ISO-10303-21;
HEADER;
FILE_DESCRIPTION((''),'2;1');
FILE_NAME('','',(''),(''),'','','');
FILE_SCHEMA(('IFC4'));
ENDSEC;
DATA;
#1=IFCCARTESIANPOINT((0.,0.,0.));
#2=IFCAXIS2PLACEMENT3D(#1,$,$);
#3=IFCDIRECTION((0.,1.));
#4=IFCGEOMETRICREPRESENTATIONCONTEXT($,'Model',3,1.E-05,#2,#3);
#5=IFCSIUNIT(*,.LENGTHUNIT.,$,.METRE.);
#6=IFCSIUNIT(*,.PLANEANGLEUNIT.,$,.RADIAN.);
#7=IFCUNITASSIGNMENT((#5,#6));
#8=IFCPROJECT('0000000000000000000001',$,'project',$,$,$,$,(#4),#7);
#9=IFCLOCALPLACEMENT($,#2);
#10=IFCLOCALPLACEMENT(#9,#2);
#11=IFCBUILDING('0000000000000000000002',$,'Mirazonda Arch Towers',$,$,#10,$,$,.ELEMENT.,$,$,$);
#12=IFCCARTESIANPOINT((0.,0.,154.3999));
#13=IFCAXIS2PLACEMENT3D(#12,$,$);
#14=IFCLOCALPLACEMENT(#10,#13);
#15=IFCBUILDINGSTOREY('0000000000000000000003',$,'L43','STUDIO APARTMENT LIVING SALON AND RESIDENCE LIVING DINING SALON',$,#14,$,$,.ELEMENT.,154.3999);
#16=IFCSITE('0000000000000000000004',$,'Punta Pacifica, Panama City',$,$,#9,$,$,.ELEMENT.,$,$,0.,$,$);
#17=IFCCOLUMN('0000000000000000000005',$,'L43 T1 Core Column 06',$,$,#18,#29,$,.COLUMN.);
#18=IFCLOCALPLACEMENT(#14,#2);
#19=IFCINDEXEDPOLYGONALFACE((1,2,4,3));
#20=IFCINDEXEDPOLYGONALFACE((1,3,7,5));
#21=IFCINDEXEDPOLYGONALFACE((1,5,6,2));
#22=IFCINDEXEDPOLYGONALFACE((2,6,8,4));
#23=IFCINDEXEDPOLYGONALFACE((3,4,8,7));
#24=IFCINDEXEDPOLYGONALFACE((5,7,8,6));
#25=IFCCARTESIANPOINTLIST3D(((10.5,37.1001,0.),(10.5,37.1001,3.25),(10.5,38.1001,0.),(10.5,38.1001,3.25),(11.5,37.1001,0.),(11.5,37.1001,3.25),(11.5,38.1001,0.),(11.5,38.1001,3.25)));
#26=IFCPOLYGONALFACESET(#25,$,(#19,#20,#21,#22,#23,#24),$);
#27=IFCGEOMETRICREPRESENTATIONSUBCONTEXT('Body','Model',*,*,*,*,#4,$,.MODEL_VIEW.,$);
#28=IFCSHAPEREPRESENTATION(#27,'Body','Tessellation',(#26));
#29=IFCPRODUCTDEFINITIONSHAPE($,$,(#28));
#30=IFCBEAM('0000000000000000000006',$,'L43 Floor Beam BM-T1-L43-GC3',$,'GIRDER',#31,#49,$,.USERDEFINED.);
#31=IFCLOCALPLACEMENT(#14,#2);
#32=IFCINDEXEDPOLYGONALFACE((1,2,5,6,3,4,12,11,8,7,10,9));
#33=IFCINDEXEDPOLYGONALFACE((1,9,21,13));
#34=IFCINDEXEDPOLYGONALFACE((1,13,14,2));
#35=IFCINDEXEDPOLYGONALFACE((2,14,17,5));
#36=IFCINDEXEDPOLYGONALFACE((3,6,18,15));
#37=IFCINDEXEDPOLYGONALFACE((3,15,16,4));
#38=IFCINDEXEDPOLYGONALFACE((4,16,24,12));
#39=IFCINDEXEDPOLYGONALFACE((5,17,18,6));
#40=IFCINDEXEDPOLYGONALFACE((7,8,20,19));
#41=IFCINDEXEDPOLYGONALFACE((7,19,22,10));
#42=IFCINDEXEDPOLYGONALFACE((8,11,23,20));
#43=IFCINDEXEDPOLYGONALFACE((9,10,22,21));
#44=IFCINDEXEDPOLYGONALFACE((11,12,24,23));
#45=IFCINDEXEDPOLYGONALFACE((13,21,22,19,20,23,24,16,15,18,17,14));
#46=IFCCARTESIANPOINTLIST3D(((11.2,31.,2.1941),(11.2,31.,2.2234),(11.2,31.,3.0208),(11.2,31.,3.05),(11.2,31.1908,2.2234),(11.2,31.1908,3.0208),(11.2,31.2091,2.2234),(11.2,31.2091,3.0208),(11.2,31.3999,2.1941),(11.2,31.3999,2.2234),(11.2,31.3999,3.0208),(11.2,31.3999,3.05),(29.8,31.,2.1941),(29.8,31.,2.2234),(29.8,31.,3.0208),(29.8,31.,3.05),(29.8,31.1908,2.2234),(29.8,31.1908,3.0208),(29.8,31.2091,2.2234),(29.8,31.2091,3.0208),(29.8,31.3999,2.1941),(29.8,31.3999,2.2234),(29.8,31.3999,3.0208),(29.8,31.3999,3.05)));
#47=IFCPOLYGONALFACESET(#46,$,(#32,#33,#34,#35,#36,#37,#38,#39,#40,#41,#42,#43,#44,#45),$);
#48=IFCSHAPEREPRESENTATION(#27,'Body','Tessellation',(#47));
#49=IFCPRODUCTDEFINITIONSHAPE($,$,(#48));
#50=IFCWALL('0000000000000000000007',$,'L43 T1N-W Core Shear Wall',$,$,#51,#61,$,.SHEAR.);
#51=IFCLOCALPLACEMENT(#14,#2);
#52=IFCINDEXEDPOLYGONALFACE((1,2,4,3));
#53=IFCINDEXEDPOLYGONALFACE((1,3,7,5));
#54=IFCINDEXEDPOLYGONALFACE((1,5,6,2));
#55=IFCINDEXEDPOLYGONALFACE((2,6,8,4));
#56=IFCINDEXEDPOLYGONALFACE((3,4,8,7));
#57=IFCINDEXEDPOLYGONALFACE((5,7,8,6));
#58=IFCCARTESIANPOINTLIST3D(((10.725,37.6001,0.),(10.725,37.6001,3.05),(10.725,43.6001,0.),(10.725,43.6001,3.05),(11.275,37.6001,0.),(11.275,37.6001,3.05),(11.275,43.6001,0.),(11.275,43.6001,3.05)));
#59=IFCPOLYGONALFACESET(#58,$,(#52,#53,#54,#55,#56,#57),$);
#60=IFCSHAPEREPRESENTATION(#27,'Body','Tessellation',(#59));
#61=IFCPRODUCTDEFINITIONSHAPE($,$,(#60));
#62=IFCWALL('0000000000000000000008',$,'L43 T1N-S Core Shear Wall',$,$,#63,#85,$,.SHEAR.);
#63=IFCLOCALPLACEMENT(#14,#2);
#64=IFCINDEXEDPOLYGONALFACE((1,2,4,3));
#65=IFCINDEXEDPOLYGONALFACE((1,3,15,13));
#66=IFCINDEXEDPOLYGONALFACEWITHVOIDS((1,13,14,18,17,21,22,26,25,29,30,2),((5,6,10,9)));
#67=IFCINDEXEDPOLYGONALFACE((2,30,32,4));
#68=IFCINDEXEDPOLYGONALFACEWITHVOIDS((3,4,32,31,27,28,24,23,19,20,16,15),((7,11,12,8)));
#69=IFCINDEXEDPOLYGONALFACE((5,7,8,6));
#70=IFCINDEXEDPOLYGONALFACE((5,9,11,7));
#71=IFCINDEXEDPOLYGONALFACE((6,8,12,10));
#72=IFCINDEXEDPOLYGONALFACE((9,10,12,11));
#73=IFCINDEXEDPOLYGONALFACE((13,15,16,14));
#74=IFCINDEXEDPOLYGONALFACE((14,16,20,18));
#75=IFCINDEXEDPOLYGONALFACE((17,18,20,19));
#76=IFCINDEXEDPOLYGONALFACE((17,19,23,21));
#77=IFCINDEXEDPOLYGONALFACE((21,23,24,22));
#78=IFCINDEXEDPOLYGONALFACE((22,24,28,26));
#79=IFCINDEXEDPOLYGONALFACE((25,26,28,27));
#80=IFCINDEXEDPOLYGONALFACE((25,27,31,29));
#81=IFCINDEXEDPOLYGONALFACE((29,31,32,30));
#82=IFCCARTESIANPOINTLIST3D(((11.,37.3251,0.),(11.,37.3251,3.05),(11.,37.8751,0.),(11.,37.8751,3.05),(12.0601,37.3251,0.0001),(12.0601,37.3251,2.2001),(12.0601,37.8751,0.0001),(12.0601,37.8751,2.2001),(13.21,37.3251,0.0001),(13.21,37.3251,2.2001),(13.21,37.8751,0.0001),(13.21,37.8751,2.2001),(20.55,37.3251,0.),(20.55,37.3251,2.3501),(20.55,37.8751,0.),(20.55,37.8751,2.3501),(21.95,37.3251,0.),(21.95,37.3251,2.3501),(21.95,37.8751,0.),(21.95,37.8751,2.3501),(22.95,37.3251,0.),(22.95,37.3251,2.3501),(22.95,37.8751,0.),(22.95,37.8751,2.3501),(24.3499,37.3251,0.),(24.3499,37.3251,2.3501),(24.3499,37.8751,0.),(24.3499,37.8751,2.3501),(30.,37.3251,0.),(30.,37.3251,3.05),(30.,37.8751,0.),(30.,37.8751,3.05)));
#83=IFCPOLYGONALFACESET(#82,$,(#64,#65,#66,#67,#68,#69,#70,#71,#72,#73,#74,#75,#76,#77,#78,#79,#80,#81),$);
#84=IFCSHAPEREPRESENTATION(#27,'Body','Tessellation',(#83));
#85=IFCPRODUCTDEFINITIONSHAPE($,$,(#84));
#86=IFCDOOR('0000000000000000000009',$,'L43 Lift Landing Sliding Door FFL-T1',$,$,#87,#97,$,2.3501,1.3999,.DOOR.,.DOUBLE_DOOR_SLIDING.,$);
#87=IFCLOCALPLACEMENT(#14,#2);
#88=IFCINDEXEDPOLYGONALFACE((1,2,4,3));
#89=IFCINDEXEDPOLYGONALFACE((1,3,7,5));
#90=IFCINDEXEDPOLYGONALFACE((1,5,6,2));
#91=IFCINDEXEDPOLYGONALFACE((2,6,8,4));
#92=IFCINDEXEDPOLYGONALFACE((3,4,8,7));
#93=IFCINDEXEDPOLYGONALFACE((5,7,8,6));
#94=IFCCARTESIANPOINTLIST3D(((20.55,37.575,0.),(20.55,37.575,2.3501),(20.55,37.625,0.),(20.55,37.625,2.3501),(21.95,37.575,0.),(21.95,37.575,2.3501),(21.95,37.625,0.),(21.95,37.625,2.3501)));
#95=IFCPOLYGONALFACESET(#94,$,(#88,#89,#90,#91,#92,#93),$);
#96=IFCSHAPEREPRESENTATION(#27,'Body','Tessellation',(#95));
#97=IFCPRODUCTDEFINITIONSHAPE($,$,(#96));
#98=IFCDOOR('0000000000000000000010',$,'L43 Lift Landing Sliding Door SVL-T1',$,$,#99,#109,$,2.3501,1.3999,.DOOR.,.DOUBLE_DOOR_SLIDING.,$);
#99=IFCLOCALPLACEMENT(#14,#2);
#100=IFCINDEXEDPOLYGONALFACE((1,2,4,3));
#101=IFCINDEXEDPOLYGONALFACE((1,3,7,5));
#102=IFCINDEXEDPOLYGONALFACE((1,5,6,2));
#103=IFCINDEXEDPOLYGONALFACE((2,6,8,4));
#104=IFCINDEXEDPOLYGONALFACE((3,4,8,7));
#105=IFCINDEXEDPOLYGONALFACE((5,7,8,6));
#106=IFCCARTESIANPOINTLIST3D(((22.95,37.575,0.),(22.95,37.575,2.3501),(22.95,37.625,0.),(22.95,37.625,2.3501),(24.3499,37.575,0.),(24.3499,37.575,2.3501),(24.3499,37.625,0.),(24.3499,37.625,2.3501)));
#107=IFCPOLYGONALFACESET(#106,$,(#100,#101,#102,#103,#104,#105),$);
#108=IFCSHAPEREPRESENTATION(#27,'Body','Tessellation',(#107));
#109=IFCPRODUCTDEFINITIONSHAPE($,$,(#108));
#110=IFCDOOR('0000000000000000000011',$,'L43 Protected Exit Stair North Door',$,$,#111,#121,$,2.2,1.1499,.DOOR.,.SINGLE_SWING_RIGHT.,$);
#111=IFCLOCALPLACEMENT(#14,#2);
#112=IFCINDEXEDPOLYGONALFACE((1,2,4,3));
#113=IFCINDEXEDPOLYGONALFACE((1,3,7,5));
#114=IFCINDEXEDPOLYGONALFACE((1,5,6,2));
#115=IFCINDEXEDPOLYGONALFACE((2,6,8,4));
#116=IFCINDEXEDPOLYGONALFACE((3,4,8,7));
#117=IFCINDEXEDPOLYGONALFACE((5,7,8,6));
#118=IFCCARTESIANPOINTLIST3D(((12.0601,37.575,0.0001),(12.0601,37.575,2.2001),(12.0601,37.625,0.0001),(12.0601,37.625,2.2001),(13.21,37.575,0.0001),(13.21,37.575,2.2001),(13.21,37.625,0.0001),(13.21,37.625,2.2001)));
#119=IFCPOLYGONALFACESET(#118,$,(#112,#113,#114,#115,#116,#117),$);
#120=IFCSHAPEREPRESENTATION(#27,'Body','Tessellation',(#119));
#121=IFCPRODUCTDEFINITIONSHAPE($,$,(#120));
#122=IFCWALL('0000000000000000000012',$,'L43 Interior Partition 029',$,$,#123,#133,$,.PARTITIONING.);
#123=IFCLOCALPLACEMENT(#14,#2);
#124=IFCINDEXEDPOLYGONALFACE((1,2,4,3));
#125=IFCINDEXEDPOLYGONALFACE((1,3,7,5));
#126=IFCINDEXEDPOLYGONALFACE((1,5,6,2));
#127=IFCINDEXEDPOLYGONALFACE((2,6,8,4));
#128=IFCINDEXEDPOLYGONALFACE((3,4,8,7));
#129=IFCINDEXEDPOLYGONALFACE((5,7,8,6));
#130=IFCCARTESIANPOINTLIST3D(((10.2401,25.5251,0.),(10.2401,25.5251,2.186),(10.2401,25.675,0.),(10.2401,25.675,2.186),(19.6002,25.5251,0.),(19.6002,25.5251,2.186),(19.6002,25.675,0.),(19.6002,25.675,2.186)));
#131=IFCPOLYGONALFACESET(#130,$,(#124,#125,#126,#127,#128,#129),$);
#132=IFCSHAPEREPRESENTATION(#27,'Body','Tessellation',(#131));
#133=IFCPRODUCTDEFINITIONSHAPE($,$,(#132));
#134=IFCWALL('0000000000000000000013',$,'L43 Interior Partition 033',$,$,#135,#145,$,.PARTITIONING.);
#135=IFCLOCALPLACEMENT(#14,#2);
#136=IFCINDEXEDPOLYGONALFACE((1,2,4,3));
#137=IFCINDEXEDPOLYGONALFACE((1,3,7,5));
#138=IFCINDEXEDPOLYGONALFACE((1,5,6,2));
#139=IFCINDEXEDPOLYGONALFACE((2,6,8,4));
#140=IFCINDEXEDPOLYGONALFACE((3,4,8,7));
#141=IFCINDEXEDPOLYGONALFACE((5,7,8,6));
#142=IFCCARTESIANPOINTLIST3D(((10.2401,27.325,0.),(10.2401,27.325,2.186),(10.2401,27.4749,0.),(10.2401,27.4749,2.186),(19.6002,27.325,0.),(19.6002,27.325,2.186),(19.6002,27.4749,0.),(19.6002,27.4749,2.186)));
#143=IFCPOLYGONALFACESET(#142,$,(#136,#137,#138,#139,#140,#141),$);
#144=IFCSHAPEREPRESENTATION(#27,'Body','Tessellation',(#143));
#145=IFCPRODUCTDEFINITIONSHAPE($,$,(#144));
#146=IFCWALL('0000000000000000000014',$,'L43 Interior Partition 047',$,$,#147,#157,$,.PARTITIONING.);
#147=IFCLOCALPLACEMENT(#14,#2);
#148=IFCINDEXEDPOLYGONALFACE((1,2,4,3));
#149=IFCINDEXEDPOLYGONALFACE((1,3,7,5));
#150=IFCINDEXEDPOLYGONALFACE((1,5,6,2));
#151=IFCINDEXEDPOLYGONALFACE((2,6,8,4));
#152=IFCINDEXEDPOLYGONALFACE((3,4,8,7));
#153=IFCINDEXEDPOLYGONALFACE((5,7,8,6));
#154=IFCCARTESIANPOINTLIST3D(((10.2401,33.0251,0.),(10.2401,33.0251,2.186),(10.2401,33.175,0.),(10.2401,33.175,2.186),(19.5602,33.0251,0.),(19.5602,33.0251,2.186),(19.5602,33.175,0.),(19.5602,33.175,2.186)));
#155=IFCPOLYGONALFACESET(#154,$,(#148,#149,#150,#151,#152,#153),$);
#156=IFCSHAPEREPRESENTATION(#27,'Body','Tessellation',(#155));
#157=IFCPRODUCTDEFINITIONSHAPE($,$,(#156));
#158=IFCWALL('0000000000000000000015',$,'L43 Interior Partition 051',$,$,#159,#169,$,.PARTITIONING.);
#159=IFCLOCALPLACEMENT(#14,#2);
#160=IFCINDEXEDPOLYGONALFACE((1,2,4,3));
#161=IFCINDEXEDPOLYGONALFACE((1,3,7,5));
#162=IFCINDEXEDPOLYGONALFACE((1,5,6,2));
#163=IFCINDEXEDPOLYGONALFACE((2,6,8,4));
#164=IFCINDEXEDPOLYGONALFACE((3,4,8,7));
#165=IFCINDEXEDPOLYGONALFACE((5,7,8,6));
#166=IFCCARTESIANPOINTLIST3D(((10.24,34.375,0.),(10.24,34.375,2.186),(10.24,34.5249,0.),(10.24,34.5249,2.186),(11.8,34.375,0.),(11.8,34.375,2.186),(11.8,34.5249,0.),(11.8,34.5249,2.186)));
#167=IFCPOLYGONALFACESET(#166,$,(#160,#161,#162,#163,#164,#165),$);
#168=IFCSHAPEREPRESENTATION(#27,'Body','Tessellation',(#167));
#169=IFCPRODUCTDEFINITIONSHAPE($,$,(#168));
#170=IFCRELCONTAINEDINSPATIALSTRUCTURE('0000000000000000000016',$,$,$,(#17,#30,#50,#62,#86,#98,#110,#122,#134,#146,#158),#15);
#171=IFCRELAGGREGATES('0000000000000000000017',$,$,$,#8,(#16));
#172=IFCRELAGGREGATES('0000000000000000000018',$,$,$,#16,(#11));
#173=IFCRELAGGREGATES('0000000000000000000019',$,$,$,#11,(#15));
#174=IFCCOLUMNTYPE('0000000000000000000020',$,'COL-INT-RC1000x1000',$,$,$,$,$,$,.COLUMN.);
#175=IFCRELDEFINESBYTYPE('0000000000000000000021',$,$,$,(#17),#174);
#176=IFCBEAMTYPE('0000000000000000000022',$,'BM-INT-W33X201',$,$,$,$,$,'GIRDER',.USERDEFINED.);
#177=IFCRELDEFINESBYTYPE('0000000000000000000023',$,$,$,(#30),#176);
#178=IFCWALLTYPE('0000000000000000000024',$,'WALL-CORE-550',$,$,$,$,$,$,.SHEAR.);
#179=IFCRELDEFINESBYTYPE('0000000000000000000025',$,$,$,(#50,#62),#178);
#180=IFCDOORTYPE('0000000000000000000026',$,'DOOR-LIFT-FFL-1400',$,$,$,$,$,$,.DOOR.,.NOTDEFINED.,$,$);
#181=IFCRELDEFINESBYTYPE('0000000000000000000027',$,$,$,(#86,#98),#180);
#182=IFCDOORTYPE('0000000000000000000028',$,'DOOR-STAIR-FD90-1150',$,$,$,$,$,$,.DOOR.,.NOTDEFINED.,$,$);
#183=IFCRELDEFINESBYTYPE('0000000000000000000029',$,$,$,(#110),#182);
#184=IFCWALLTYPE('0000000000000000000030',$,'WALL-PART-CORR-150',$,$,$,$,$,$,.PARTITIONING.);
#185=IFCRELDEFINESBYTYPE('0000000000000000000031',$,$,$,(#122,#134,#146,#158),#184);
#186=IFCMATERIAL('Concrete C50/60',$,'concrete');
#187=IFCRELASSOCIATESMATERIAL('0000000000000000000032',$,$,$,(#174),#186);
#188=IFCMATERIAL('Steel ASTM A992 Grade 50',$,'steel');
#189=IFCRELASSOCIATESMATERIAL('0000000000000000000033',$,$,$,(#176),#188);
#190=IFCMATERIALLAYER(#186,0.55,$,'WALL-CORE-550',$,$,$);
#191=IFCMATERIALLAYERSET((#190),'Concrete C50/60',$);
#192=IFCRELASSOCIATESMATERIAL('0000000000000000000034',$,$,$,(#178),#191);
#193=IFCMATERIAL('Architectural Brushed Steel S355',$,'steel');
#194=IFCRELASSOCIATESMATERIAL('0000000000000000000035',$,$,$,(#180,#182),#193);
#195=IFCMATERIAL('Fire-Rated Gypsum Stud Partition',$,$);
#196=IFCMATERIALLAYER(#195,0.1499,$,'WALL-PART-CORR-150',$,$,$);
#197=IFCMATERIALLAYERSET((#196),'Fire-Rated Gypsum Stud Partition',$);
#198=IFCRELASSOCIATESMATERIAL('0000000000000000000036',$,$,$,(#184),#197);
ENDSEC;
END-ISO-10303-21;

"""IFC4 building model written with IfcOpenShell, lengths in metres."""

from ifc_helpers import new_model, si_unit, direction, frame, frame_2d, origin, origin_2d, place, context, subcontext, project, spatial, rectangle, i_section, extrude, material, layer, layer_set, material_profile, profile_set, type_object, element, fill, save


model = new_model("IFC4")

# Units and contexts
model_context = context("Model", 3, precision=1e-05, world=origin(), true_north=direction((0.0, 1.0)))
body_context = subcontext(model_context, "Body", "Model", "MODEL_VIEW")
ifc_project = project(units=[si_unit("LENGTHUNIT", "METRE"), si_unit("PLANEANGLEUNIT", "RADIAN")], contexts=[model_context])

# Site, building, storey
site_placement = place(None, origin())
site = spatial("IfcSite", under=ifc_project, at=site_placement, Name="Punta Pacifica, Panama City", CompositionType="ELEMENT", RefElevation=0.0)
building_placement = place(site_placement, origin())
building = spatial("IfcBuilding", under=site, at=building_placement, Name="Mirazonda Arch Towers", CompositionType="ELEMENT")
storey_placement = place(building_placement, frame((0.0, 0.0, 154.3999)))
storey = spatial("IfcBuildingStorey", under=building, at=storey_placement, Name="L43", Description="STUDIO APARTMENT LIVING SALON AND RESIDENCE LIVING DINING SALON", CompositionType="ELEMENT", Elevation=154.3999)

# Column
ifc_material_1 = material(Name="Concrete C50/60", Category="concrete")
ifc_material_profile_1 = material_profile(ifc_material_1, rectangle(XDim=1.0, YDim=1.0, at=origin_2d()), Name="RC1000x1000")
ifc_profile_set_1 = profile_set([ifc_material_profile_1], Name="Concrete C50/60")
column_type = type_object("IfcColumnType", Name="COL-INT-RC1000x1000", PredefinedType="COLUMN", material=ifc_profile_set_1)
column_placement = place(storey_placement, frame((11.0, 37.6001, 0.0), z_axis=(0.0, 0.0, 1.0), x_axis=(1.0, 0.0, 0.0)))
element("IfcColumn", 1, at=column_placement, inside=storey, type_object=column_type, Name="L43 T1 Core Column 06", PredefinedType="COLUMN", context=body_context, shape_type="SweptSolid", body=[
    extrude(rectangle(XDim=1.0, YDim=1.0, at=origin_2d()), origin(), (0.0, 0.0, 1.0), 3.25),
])

# Beam
ifc_material_2 = material(Name="Steel ASTM A992 Grade 50", Category="steel")
ifc_material_profile_2 = material_profile(ifc_material_2, i_section(OverallWidth=0.3999, OverallDepth=0.856, WebThickness=0.0183, FlangeThickness=0.0293, at=origin_2d()), Name="W33X201")
ifc_profile_set_2 = profile_set([ifc_material_profile_2], Name="Steel ASTM A992 Grade 50")
beam_type = type_object("IfcBeamType", Name="BM-INT-W33X201", ElementType="GIRDER", PredefinedType="USERDEFINED", material=ifc_profile_set_2)
beam_placement = place(storey_placement, frame((11.2, 31.2, 2.6221), z_axis=(1.0, 0.0, 0.0), x_axis=(0.0, 1.0, 0.0)))
element("IfcBeam", 2, at=beam_placement, inside=storey, type_object=beam_type, Name="L43 Floor Beam BM-T1-L43-GC3", ObjectType="GIRDER", PredefinedType="USERDEFINED", context=body_context, shape_type="SweptSolid", body=[
    extrude(i_section(OverallWidth=0.3999, OverallDepth=0.856, WebThickness=0.0183, FlangeThickness=0.0293, at=origin_2d()), origin(), (0.0, 0.0, 1.0), 18.6001),
])

# Wall
ifc_layer_1 = layer(ifc_material_1, 0.55, Name="WALL-CORE-550")
ifc_layer_set_1 = layer_set([ifc_layer_1], Name="Concrete C50/60")
wall_type_1 = type_object("IfcWallType", Name="WALL-CORE-550", PredefinedType="SHEAR", material=ifc_layer_set_1)
wall_1_placement = place(storey_placement, frame((11.0, 37.6001, 0.0), z_axis=(0.0, 0.0, 1.0), x_axis=(0.0, 1.0, 0.0)))
element("IfcWall", 3, at=wall_1_placement, inside=storey, type_object=wall_type_1, Name="L43 T1N-W Core Shear Wall", PredefinedType="SHEAR", context=body_context, shape_type="SweptSolid", body=[
    extrude(rectangle(XDim=6.0, YDim=0.55, at=frame_2d((3.0, 0.0))), origin(), (0.0, 0.0, 1.0), 3.05),
])

# Wall, openings, doors
wall_2_placement = place(storey_placement, frame((11.0, 37.6001, 0.0), z_axis=(0.0, 0.0, 1.0), x_axis=(1.0, 0.0, 0.0)))
wall_2 = element("IfcWall", 4, at=wall_2_placement, inside=storey, type_object=wall_type_1, Name="L43 T1N-S Core Shear Wall", PredefinedType="SHEAR", context=body_context, shape_type="SweptSolid", body=[
    extrude(rectangle(XDim=19.0, YDim=0.55, at=frame_2d((9.5, 0.0))), origin(), (0.0, 0.0, 1.0), 3.05),
])
opening_1_placement = place(wall_2_placement, frame((1.0601, 0.0, 0.0)))
opening_1 = element("IfcOpeningElement", 5, at=opening_1_placement, cuts=wall_2, PredefinedType="OPENING", context=body_context, shape_type="SweptSolid", body=[
    extrude(rectangle(XDim=1.1499, YDim=2.2, at=frame_2d((0.575, 1.1001))), frame((0.0, 0.2849, 0.0), z_axis=(0.0, -1.0, 0.0), x_axis=(1.0, 0.0, 0.0)), (0.0, 0.0, 1.0), 0.5701),
])
opening_2_placement = place(wall_2_placement, frame((9.55, 0.0, 0.0)))
opening_2 = element("IfcOpeningElement", 6, at=opening_2_placement, cuts=wall_2, PredefinedType="OPENING", context=body_context, shape_type="SweptSolid", body=[
    extrude(rectangle(XDim=1.3999, YDim=2.3501, at=frame_2d((0.7, 1.175))), frame((0.0, 0.2849, 0.0), z_axis=(0.0, -1.0, 0.0), x_axis=(1.0, 0.0, 0.0)), (0.0, 0.0, 1.0), 0.5701),
])
opening_3_placement = place(wall_2_placement, frame((11.95, 0.0, 0.0)))
opening_3 = element("IfcOpeningElement", 7, at=opening_3_placement, cuts=wall_2, PredefinedType="OPENING", context=body_context, shape_type="SweptSolid", body=[
    extrude(rectangle(XDim=1.3999, YDim=2.3501, at=frame_2d((0.7, 1.175))), frame((0.0, 0.2849, 0.0), z_axis=(0.0, -1.0, 0.0), x_axis=(1.0, 0.0, 0.0)), (0.0, 0.0, 1.0), 0.5701),
])
ifc_material_3 = material(Name="Architectural Brushed Steel S355", Category="steel")
door_type_1 = type_object("IfcDoorType", Name="DOOR-LIFT-FFL-1400", OperationType="NOTDEFINED", PredefinedType="DOOR", material=ifc_material_3)
door_1_placement = place(opening_2_placement, origin())
door_1 = element("IfcDoor", 8, at=door_1_placement, inside=storey, type_object=door_type_1, Name="L43 Lift Landing Sliding Door FFL-T1", OperationType="DOUBLE_DOOR_SLIDING", OverallHeight=2.3501, OverallWidth=1.3999, PredefinedType="DOOR", context=body_context, shape_type="SweptSolid", body=[
    extrude(rectangle(XDim=1.3999, YDim=2.3501, at=frame_2d((0.7, 1.175))), frame((0.0, 0.0249, 0.0), z_axis=(0.0, -1.0, 0.0), x_axis=(1.0, 0.0, 0.0)), (0.0, 0.0, 1.0), 0.05),
])
fill(opening_2, door_1)
door_2_placement = place(opening_3_placement, origin())
door_2 = element("IfcDoor", 9, at=door_2_placement, inside=storey, type_object=door_type_1, Name="L43 Lift Landing Sliding Door SVL-T1", OperationType="DOUBLE_DOOR_SLIDING", OverallHeight=2.3501, OverallWidth=1.3999, PredefinedType="DOOR", context=body_context, shape_type="SweptSolid", body=[
    extrude(rectangle(XDim=1.3999, YDim=2.3501, at=frame_2d((0.7, 1.175))), frame((0.0, 0.0249, 0.0), z_axis=(0.0, -1.0, 0.0), x_axis=(1.0, 0.0, 0.0)), (0.0, 0.0, 1.0), 0.05),
])
fill(opening_3, door_2)
door_type_2 = type_object("IfcDoorType", Name="DOOR-STAIR-FD90-1150", OperationType="NOTDEFINED", PredefinedType="DOOR", material=ifc_material_3)
door_3_placement = place(opening_1_placement, origin())
door_3 = element("IfcDoor", 10, at=door_3_placement, inside=storey, type_object=door_type_2, Name="L43 Protected Exit Stair North Door", OperationType="SINGLE_SWING_RIGHT", OverallHeight=2.2, OverallWidth=1.1499, PredefinedType="DOOR", context=body_context, shape_type="SweptSolid", body=[
    extrude(rectangle(XDim=1.1499, YDim=2.2, at=frame_2d((0.575, 1.1001))), frame((0.0, 0.0249, 0.0), z_axis=(0.0, -1.0, 0.0), x_axis=(1.0, 0.0, 0.0)), (0.0, 0.0, 1.0), 0.05),
])
fill(opening_1, door_3)

# Walls
ifc_material_4 = material(Name="Fire-Rated Gypsum Stud Partition")
ifc_layer_2 = layer(ifc_material_4, 0.1499, Name="WALL-PART-CORR-150")
ifc_layer_set_2 = layer_set([ifc_layer_2], Name="Fire-Rated Gypsum Stud Partition")
wall_type_2 = type_object("IfcWallType", Name="WALL-PART-CORR-150", PredefinedType="PARTITIONING", material=ifc_layer_set_2)
for number, where, z_axis, x_axis, name in (
    (11, (10.24, 25.6001, 0.0), (0.0, 0.0, 1.0), (1.0, 0.0, 0.0), "L43 Interior Partition 029"),
    (12, (10.24, 27.3999, 0.0), (0.0, 0.0, 1.0), (1.0, 0.0, 0.0), "L43 Interior Partition 033"),
):
    element("IfcWall", number, at=place(storey_placement, frame(where, z_axis=z_axis, x_axis=x_axis)), inside=storey, type_object=wall_type_2, Name=name, PredefinedType="PARTITIONING", context=body_context, shape_type="SweptSolid", body=[
        extrude(rectangle(XDim=9.3601, YDim=0.1499, at=frame_2d((4.6802, 0.0))), origin(), (0.0, 0.0, 1.0), 2.186),
    ])
wall_3_placement = place(storey_placement, frame((10.24, 33.1001, 0.0), z_axis=(0.0, 0.0, 1.0), x_axis=(1.0, 0.0, 0.0)))
element("IfcWall", 13, at=wall_3_placement, inside=storey, type_object=wall_type_2, Name="L43 Interior Partition 047", PredefinedType="PARTITIONING", context=body_context, shape_type="SweptSolid", body=[
    extrude(rectangle(XDim=9.3201, YDim=0.1499, at=frame_2d((4.6602, 0.0))), origin(), (0.0, 0.0, 1.0), 2.186),
])
wall_4_placement = place(storey_placement, frame((10.24, 34.45, 0.0), z_axis=(0.0, 0.0, 1.0), x_axis=(1.0, 0.0, 0.0)))
element("IfcWall", 14, at=wall_4_placement, inside=storey, type_object=wall_type_2, Name="L43 Interior Partition 051", PredefinedType="PARTITIONING", context=body_context, shape_type="SweptSolid", body=[
    extrude(rectangle(XDim=1.5601, YDim=0.1499, at=frame_2d((0.78, 0.0))), origin(), (0.0, 0.0, 1.0), 2.186),
])

save(model, "model.ifc")
